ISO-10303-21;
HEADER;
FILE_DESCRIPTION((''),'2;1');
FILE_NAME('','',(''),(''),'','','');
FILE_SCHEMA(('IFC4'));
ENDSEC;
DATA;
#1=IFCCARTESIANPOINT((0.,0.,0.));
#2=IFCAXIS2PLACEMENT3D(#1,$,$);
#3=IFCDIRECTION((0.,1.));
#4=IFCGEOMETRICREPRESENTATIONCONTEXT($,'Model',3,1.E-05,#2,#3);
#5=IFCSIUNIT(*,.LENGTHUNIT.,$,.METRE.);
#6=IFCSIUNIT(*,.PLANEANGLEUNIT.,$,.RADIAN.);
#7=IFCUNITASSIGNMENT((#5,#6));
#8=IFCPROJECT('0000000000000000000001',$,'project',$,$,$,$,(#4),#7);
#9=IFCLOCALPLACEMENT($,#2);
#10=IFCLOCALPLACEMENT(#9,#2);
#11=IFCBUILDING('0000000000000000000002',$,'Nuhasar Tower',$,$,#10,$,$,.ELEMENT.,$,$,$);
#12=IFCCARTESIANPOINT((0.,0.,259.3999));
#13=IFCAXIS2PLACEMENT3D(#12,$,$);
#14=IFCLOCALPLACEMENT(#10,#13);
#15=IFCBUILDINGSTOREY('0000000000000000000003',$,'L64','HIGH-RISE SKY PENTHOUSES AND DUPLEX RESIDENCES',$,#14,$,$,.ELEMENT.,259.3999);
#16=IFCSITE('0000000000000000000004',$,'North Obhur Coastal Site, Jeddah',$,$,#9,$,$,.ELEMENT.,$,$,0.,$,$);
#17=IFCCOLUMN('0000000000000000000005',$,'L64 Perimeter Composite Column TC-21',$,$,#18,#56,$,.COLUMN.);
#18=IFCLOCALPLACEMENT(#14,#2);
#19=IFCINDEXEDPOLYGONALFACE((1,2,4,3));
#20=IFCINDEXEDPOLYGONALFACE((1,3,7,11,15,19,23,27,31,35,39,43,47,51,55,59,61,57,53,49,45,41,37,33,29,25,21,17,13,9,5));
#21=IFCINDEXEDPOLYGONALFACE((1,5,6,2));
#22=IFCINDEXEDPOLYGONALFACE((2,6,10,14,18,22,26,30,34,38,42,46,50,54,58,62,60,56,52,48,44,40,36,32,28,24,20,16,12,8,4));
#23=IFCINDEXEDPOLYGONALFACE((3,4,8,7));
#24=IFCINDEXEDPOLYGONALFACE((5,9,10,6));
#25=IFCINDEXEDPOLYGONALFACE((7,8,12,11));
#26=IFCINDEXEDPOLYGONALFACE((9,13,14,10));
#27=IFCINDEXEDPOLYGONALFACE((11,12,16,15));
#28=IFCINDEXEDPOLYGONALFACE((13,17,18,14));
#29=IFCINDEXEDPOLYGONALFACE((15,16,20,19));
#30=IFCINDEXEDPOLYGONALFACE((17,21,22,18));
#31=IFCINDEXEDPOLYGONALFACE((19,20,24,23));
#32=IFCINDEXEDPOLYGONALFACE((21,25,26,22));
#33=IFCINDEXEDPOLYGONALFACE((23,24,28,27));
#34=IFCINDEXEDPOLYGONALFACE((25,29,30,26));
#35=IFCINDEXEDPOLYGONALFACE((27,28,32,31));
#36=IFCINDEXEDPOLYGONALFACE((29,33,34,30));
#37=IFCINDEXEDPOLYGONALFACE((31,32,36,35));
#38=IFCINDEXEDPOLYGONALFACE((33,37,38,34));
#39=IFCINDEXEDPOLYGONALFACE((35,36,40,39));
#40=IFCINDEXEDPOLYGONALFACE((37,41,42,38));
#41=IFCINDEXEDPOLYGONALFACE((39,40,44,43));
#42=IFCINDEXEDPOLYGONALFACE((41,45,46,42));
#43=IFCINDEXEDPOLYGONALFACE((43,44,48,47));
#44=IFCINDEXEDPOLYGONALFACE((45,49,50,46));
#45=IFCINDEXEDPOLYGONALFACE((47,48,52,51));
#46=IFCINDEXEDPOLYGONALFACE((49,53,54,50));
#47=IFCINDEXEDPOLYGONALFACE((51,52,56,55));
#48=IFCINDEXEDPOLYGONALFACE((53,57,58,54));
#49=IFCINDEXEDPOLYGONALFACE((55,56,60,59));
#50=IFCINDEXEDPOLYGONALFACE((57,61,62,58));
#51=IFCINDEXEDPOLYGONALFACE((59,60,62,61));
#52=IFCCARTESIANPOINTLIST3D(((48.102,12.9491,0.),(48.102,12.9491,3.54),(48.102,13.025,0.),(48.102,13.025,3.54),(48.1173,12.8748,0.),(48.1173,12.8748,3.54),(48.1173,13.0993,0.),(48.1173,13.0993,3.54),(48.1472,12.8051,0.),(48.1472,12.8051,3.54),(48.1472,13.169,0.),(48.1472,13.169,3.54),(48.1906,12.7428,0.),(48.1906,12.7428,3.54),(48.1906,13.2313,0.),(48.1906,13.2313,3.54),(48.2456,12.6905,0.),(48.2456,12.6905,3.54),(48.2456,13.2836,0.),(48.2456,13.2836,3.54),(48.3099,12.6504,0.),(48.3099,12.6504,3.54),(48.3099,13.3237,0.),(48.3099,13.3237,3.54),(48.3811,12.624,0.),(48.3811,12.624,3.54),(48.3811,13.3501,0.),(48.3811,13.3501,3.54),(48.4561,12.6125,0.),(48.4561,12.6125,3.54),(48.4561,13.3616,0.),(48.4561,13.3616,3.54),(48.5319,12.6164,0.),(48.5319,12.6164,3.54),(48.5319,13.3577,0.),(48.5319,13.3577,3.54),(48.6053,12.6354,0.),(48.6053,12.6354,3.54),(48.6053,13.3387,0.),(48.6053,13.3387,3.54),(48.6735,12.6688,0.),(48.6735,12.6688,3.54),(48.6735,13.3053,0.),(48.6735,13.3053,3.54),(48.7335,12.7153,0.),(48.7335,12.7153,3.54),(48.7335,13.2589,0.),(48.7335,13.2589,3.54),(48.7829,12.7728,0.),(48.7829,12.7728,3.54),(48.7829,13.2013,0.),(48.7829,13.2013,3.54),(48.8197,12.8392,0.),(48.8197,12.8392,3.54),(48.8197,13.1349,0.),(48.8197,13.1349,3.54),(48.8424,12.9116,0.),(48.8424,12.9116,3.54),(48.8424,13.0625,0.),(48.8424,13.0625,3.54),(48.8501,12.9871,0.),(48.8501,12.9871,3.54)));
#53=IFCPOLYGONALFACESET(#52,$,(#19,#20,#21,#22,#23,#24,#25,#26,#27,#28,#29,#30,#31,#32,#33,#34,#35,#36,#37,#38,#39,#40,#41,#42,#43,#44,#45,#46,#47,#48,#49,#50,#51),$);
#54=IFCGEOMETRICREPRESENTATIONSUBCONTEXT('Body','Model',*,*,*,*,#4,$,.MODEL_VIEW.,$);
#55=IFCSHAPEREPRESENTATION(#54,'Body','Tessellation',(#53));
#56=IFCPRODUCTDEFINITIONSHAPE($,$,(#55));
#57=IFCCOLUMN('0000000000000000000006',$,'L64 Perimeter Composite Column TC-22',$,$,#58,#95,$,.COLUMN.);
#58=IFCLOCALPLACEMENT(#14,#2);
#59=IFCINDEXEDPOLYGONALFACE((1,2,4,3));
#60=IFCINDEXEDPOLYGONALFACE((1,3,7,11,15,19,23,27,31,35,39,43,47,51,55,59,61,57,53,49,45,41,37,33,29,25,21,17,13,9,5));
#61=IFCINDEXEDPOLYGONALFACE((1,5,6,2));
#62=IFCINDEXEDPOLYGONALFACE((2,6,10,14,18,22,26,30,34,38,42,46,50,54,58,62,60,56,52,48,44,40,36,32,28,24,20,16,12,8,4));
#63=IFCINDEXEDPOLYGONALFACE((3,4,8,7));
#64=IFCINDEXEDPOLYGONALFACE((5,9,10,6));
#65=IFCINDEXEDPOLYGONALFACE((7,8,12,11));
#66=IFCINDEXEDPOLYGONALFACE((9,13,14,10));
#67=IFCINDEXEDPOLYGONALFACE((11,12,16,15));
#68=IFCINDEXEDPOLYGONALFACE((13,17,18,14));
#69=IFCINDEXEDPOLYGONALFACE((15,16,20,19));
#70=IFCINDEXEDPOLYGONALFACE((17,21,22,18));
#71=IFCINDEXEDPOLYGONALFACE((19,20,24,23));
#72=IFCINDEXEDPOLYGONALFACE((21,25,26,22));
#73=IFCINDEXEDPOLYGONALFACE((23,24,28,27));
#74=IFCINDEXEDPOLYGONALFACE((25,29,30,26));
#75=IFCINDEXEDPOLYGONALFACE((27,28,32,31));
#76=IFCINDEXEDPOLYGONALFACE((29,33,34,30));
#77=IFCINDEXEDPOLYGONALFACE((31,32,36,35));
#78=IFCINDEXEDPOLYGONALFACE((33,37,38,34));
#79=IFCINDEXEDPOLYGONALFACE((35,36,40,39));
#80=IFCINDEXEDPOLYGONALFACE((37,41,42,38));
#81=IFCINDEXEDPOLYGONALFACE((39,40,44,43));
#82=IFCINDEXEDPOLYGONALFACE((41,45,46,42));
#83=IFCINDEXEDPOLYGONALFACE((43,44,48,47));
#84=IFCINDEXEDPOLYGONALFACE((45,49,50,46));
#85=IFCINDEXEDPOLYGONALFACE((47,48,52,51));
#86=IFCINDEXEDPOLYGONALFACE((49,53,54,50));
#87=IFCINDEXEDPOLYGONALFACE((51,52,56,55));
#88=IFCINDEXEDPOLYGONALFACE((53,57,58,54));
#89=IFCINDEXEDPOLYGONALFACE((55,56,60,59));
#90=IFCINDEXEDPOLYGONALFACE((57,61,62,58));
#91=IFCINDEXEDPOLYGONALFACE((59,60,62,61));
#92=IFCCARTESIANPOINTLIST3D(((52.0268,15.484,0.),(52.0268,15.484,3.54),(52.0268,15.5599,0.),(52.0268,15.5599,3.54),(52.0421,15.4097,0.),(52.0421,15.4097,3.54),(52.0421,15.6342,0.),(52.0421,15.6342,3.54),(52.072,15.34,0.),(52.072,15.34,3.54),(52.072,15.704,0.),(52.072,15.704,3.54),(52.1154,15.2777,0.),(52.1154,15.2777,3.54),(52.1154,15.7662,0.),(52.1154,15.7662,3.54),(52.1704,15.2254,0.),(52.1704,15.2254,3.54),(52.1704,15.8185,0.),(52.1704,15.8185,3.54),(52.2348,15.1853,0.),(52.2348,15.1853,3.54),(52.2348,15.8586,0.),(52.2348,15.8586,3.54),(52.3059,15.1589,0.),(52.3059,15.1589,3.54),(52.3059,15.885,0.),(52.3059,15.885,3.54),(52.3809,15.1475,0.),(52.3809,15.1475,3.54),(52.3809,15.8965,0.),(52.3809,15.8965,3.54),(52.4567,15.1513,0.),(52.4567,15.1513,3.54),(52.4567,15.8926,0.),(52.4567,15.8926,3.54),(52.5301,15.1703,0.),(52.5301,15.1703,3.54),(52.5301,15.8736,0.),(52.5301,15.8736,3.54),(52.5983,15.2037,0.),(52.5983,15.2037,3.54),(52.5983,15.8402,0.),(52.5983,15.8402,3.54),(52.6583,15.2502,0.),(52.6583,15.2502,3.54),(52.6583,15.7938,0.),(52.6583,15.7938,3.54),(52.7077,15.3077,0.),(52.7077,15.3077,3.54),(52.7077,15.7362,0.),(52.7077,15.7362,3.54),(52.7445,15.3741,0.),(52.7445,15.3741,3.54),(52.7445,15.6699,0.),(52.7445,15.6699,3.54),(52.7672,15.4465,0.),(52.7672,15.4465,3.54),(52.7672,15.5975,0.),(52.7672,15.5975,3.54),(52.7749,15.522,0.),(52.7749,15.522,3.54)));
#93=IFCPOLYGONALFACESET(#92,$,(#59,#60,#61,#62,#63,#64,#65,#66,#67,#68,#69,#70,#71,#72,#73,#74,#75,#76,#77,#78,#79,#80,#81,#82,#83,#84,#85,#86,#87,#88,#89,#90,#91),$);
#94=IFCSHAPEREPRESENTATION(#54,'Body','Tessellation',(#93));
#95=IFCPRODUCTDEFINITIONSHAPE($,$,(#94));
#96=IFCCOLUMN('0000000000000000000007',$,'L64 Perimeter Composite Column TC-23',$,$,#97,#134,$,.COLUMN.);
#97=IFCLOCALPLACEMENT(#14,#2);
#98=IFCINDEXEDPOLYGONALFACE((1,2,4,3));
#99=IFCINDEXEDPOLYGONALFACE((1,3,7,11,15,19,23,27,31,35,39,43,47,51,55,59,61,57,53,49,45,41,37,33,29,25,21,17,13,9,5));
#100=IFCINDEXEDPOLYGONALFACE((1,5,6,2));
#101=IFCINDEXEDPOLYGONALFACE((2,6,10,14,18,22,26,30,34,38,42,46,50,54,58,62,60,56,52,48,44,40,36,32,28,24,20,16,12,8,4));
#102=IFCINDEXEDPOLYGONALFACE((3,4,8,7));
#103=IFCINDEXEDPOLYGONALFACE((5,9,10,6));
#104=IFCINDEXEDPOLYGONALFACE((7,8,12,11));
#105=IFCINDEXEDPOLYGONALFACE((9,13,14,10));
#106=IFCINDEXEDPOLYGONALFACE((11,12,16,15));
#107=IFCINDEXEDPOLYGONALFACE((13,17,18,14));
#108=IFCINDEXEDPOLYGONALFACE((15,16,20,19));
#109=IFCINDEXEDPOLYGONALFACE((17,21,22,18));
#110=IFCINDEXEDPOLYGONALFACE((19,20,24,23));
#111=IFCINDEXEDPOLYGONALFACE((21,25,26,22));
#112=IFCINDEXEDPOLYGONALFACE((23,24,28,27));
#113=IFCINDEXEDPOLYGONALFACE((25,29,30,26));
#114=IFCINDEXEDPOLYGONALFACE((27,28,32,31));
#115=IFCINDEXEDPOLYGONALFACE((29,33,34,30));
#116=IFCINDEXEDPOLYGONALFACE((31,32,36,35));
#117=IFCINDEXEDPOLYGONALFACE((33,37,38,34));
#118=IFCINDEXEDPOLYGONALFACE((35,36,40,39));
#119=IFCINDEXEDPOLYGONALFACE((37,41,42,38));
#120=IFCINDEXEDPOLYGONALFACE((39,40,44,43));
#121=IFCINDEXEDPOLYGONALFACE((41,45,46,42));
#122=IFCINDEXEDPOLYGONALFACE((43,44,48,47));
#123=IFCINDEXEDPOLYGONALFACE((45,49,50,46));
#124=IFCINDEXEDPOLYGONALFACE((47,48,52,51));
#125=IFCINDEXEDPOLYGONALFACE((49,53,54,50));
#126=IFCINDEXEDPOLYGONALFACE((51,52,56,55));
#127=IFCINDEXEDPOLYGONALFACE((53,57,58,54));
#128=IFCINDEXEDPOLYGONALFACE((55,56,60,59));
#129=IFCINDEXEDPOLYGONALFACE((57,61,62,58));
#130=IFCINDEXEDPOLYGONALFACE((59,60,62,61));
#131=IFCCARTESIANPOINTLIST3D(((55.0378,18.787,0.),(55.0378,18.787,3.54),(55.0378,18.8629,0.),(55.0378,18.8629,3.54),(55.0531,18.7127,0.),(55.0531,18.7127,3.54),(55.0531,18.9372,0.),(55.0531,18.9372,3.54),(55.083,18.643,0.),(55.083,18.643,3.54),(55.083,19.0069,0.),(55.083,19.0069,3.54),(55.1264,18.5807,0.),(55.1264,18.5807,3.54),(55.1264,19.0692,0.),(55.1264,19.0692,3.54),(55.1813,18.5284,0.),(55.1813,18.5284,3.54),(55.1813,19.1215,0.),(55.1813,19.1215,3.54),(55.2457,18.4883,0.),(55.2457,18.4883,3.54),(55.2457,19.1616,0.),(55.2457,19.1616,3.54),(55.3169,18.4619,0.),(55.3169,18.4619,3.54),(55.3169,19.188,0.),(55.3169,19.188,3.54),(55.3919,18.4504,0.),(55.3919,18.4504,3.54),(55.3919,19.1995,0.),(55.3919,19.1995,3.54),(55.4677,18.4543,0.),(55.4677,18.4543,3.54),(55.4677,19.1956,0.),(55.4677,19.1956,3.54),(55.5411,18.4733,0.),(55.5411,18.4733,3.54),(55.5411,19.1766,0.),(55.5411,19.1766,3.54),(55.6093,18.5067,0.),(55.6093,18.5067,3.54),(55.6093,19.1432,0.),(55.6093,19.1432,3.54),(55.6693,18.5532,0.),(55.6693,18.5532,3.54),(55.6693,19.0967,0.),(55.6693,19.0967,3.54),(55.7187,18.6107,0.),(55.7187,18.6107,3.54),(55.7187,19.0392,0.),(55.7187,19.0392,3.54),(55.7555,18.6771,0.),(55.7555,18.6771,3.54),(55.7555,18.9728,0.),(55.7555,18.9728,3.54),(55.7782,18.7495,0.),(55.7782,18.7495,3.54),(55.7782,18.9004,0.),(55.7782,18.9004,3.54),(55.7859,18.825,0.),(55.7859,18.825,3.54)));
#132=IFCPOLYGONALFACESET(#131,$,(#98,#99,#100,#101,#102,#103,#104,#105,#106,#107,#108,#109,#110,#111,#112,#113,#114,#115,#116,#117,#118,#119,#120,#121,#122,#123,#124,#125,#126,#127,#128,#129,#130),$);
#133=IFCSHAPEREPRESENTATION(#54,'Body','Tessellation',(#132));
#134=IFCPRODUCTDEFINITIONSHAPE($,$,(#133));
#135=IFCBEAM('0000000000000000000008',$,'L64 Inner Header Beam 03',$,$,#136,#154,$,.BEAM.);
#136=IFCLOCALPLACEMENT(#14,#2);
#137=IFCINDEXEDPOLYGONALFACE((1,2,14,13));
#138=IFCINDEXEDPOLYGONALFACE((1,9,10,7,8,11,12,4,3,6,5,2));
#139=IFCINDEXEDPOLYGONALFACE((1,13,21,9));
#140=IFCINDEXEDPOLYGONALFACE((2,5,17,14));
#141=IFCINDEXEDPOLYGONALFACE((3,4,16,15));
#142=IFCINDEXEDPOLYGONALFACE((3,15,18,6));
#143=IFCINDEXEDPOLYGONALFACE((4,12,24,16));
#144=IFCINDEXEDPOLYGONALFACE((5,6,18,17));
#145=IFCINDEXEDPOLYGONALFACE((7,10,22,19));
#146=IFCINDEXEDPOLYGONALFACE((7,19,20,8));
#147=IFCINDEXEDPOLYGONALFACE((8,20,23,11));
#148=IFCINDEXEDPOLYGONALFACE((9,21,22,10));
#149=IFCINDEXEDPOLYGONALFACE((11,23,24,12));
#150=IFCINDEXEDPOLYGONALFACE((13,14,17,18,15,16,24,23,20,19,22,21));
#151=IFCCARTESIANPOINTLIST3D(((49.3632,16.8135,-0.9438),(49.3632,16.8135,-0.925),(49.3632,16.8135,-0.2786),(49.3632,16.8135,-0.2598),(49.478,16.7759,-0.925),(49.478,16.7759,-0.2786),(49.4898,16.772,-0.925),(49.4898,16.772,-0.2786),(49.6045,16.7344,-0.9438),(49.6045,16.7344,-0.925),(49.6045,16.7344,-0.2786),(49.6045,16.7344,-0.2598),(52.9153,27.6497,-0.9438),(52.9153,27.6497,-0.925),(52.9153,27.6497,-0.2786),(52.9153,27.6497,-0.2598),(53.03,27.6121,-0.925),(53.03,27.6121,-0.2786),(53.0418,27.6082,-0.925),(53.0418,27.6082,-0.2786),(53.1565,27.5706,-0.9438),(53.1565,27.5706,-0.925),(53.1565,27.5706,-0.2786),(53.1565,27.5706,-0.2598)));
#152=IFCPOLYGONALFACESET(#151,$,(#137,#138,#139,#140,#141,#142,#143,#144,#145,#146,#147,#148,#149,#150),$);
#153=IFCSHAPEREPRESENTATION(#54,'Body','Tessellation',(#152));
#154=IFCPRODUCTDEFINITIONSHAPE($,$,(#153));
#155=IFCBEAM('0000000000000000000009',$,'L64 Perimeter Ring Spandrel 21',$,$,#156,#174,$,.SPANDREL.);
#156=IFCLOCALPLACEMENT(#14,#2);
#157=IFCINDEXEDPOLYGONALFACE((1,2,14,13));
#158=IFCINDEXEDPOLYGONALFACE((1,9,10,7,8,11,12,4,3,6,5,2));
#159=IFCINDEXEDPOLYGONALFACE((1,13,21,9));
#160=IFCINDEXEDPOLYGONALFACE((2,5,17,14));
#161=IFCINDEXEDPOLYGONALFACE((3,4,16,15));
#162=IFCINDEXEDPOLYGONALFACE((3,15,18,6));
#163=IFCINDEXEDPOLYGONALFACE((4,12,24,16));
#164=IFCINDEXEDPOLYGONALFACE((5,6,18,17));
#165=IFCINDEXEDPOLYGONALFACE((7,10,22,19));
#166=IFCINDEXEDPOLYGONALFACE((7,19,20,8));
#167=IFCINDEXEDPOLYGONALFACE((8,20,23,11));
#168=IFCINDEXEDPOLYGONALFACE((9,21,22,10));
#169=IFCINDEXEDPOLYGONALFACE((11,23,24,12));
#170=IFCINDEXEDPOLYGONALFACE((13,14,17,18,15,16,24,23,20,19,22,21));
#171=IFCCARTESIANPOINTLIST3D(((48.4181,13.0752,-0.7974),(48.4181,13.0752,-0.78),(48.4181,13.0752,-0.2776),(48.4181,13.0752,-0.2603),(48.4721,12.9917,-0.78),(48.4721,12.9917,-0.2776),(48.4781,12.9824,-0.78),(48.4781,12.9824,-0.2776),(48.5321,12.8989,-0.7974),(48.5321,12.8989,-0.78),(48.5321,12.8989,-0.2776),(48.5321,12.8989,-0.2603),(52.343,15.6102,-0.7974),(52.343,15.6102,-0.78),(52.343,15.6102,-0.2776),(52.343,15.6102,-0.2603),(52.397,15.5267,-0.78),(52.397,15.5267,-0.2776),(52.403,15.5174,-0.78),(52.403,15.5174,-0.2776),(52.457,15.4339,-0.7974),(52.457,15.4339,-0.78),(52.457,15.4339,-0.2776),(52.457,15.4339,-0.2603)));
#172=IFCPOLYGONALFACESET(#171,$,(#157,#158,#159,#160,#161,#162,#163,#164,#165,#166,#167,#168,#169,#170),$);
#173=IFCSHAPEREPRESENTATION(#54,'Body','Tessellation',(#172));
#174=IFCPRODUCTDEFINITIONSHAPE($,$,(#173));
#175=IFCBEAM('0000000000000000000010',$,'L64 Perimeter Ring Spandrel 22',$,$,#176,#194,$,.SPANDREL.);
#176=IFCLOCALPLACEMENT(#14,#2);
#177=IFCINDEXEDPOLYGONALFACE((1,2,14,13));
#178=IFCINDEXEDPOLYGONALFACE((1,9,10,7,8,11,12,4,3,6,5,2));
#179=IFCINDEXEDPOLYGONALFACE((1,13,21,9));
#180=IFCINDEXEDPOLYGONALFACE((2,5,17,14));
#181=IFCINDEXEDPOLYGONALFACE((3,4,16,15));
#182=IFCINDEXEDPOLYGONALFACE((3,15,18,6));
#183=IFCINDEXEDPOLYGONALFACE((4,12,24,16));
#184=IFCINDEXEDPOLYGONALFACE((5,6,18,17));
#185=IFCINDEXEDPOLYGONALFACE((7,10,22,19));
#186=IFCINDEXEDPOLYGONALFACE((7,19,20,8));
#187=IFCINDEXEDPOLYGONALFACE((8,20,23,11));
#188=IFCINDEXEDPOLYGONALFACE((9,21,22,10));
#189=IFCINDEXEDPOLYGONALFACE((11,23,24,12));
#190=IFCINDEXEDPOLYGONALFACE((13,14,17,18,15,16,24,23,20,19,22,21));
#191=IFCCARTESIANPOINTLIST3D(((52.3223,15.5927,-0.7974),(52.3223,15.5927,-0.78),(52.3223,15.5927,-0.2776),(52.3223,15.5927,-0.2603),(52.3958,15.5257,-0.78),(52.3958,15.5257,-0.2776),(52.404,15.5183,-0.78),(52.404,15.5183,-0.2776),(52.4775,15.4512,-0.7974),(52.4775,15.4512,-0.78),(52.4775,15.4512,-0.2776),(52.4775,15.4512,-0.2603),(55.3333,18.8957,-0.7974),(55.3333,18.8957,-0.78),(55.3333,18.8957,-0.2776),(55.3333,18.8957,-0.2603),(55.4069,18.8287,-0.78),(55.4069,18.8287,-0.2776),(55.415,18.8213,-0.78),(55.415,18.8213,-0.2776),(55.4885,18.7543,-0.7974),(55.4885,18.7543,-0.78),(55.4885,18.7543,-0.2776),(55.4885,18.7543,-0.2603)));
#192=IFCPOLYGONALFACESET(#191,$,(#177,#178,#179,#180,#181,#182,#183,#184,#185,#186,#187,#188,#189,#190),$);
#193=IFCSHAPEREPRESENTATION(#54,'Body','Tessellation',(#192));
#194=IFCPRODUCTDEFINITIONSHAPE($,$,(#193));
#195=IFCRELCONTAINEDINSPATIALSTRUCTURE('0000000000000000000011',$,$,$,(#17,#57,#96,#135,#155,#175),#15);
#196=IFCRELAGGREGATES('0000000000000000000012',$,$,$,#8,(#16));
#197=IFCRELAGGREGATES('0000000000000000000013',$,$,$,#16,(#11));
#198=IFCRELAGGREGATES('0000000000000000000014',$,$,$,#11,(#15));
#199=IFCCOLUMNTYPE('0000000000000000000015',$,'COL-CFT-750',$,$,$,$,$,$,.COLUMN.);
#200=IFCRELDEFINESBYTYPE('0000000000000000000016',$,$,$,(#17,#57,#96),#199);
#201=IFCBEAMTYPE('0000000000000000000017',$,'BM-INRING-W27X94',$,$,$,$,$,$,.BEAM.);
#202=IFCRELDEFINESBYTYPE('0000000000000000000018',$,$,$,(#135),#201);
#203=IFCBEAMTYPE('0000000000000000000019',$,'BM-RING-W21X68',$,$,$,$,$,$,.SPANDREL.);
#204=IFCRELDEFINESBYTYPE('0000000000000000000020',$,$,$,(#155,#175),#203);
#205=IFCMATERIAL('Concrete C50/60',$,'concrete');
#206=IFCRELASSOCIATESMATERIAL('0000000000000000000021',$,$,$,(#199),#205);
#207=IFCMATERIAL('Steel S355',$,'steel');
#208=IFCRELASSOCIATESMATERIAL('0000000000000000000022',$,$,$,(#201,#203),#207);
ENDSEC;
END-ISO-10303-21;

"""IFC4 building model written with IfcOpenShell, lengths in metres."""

from ifc_helpers import new_model, si_unit, direction, frame, origin, origin_2d, place, context, subcontext, project, spatial, circle, i_section, extrude, material, material_profile, profile_set, type_object, element, save


model = new_model("IFC4")

# Units and contexts
model_context = context("Model", 3, precision=1e-05, world=origin(), true_north=direction((0.0, 1.0)))
body_context = subcontext(model_context, "Body", "Model", "MODEL_VIEW")
ifc_project = project(units=[si_unit("LENGTHUNIT", "METRE"), si_unit("PLANEANGLEUNIT", "RADIAN")], contexts=[model_context])

# Site, building, storey
site_placement = place(None, origin())
site = spatial("IfcSite", under=ifc_project, at=site_placement, Name="North Obhur Coastal Site, Jeddah", CompositionType="ELEMENT", RefElevation=0.0)
building_placement = place(site_placement, origin())
building = spatial("IfcBuilding", under=site, at=building_placement, Name="Nuhasar Tower", CompositionType="ELEMENT")
storey_placement = place(building_placement, frame((0.0, 0.0, 259.3999)))
storey = spatial("IfcBuildingStorey", under=building, at=storey_placement, Name="L64", Description="HIGH-RISE SKY PENTHOUSES AND DUPLEX RESIDENCES", CompositionType="ELEMENT", Elevation=259.3999)

# Columns
ifc_material_1 = material(Name="Concrete C50/60", Category="concrete")
ifc_material_profile_1 = material_profile(ifc_material_1, circle(Radius=0.375, at=origin_2d()), Name="CFT750")
ifc_profile_set_1 = profile_set([ifc_material_profile_1], Name="Concrete C50/60")
column_type = type_object("IfcColumnType", Name="COL-CFT-750", PredefinedType="COLUMN", material=ifc_profile_set_1)
for number, where, z_axis, x_axis, name in (
    (1, (48.4751, 12.9871, 0.0), (0.0, 0.0, 1.0), (1.0, 0.0, 0.0), "L64 Perimeter Composite Column TC-21"),
    (2, (52.3999, 15.522, 0.0), (0.0, 0.0, 1.0), (1.0, 0.0, 0.0), "L64 Perimeter Composite Column TC-22"),
    (3, (55.4109, 18.825, 0.0), (0.0, 0.0, 1.0), (1.0, 0.0, 0.0), "L64 Perimeter Composite Column TC-23"),
):
    element("IfcColumn", number, at=place(storey_placement, frame(where, z_axis=z_axis, x_axis=x_axis)), inside=storey, type_object=column_type, Name=name, PredefinedType="COLUMN", context=body_context, shape_type="SweptSolid", body=[
        extrude(circle(Radius=0.375, at=origin_2d()), origin(), (0.0, 0.0, 1.0), 3.54),
    ])

# Beams
ifc_material_2 = material(Name="Steel S355", Category="steel")
ifc_material_profile_2 = material_profile(ifc_material_2, i_section(OverallWidth=0.2539, OverallDepth=0.6841, WebThickness=0.0125, FlangeThickness=0.0188, at=origin_2d()), Name="W27X94")
ifc_profile_set_2 = profile_set([ifc_material_profile_2], Name="Steel S355")
beam_type_1 = type_object("IfcBeamType", Name="BM-INRING-W27X94", PredefinedType="BEAM", material=ifc_profile_set_2)
beam_1_placement = place(storey_placement, frame((49.4839, 16.7739, -0.6018), z_axis=(0.311484, 0.950251, 0.0), x_axis=(-0.950251, 0.311484, 0.0)))
element("IfcBeam", 4, at=beam_1_placement, inside=storey, type_object=beam_type_1, Name="L64 Inner Header Beam 03", PredefinedType="BEAM", context=body_context, shape_type="SweptSolid", body=[
    extrude(i_section(OverallWidth=0.2539, OverallDepth=0.6841, WebThickness=0.0125, FlangeThickness=0.0188, at=origin_2d()), origin(), (0.0, 0.0, 1.0), 11.4036),
])
ifc_material_profile_3 = material_profile(ifc_material_2, i_section(OverallWidth=0.21, OverallDepth=0.5371, WebThickness=0.011, FlangeThickness=0.0173, at=origin_2d()), Name="W21X68")
ifc_profile_set_3 = profile_set([ifc_material_profile_3], Name="Steel S355")
beam_type_2 = type_object("IfcBeamType", Name="BM-RING-W21X68", PredefinedType="SPANDREL", material=ifc_profile_set_3)
beam_2_placement = place(storey_placement, frame((48.4751, 12.9871, -0.5288), z_axis=(0.840025, 0.542547, 0.0), x_axis=(-0.542547, 0.840025, 0.0)))
element("IfcBeam", 5, at=beam_2_placement, inside=storey, type_object=beam_type_2, Name="L64 Perimeter Ring Spandrel 21", PredefinedType="SPANDREL", context=body_context, shape_type="SweptSolid", body=[
    extrude(i_section(OverallWidth=0.21, OverallDepth=0.5371, WebThickness=0.011, FlangeThickness=0.0173, at=origin_2d()), origin(), (0.0, 0.0, 1.0), 4.6724),
])
beam_3_placement = place(storey_placement, frame((52.3999, 15.522, -0.5288), z_axis=(0.673686, 0.739017, 0.0), x_axis=(-0.739017, 0.673686, 0.0)))
element("IfcBeam", 6, at=beam_3_placement, inside=storey, type_object=beam_type_2, Name="L64 Perimeter Ring Spandrel 22", PredefinedType="SPANDREL", context=body_context, shape_type="SweptSolid", body=[
    extrude(i_section(OverallWidth=0.21, OverallDepth=0.5371, WebThickness=0.011, FlangeThickness=0.0173, at=origin_2d()), origin(), (0.0, 0.0, 1.0), 4.4695),
])

save(model, "model.ifc")
